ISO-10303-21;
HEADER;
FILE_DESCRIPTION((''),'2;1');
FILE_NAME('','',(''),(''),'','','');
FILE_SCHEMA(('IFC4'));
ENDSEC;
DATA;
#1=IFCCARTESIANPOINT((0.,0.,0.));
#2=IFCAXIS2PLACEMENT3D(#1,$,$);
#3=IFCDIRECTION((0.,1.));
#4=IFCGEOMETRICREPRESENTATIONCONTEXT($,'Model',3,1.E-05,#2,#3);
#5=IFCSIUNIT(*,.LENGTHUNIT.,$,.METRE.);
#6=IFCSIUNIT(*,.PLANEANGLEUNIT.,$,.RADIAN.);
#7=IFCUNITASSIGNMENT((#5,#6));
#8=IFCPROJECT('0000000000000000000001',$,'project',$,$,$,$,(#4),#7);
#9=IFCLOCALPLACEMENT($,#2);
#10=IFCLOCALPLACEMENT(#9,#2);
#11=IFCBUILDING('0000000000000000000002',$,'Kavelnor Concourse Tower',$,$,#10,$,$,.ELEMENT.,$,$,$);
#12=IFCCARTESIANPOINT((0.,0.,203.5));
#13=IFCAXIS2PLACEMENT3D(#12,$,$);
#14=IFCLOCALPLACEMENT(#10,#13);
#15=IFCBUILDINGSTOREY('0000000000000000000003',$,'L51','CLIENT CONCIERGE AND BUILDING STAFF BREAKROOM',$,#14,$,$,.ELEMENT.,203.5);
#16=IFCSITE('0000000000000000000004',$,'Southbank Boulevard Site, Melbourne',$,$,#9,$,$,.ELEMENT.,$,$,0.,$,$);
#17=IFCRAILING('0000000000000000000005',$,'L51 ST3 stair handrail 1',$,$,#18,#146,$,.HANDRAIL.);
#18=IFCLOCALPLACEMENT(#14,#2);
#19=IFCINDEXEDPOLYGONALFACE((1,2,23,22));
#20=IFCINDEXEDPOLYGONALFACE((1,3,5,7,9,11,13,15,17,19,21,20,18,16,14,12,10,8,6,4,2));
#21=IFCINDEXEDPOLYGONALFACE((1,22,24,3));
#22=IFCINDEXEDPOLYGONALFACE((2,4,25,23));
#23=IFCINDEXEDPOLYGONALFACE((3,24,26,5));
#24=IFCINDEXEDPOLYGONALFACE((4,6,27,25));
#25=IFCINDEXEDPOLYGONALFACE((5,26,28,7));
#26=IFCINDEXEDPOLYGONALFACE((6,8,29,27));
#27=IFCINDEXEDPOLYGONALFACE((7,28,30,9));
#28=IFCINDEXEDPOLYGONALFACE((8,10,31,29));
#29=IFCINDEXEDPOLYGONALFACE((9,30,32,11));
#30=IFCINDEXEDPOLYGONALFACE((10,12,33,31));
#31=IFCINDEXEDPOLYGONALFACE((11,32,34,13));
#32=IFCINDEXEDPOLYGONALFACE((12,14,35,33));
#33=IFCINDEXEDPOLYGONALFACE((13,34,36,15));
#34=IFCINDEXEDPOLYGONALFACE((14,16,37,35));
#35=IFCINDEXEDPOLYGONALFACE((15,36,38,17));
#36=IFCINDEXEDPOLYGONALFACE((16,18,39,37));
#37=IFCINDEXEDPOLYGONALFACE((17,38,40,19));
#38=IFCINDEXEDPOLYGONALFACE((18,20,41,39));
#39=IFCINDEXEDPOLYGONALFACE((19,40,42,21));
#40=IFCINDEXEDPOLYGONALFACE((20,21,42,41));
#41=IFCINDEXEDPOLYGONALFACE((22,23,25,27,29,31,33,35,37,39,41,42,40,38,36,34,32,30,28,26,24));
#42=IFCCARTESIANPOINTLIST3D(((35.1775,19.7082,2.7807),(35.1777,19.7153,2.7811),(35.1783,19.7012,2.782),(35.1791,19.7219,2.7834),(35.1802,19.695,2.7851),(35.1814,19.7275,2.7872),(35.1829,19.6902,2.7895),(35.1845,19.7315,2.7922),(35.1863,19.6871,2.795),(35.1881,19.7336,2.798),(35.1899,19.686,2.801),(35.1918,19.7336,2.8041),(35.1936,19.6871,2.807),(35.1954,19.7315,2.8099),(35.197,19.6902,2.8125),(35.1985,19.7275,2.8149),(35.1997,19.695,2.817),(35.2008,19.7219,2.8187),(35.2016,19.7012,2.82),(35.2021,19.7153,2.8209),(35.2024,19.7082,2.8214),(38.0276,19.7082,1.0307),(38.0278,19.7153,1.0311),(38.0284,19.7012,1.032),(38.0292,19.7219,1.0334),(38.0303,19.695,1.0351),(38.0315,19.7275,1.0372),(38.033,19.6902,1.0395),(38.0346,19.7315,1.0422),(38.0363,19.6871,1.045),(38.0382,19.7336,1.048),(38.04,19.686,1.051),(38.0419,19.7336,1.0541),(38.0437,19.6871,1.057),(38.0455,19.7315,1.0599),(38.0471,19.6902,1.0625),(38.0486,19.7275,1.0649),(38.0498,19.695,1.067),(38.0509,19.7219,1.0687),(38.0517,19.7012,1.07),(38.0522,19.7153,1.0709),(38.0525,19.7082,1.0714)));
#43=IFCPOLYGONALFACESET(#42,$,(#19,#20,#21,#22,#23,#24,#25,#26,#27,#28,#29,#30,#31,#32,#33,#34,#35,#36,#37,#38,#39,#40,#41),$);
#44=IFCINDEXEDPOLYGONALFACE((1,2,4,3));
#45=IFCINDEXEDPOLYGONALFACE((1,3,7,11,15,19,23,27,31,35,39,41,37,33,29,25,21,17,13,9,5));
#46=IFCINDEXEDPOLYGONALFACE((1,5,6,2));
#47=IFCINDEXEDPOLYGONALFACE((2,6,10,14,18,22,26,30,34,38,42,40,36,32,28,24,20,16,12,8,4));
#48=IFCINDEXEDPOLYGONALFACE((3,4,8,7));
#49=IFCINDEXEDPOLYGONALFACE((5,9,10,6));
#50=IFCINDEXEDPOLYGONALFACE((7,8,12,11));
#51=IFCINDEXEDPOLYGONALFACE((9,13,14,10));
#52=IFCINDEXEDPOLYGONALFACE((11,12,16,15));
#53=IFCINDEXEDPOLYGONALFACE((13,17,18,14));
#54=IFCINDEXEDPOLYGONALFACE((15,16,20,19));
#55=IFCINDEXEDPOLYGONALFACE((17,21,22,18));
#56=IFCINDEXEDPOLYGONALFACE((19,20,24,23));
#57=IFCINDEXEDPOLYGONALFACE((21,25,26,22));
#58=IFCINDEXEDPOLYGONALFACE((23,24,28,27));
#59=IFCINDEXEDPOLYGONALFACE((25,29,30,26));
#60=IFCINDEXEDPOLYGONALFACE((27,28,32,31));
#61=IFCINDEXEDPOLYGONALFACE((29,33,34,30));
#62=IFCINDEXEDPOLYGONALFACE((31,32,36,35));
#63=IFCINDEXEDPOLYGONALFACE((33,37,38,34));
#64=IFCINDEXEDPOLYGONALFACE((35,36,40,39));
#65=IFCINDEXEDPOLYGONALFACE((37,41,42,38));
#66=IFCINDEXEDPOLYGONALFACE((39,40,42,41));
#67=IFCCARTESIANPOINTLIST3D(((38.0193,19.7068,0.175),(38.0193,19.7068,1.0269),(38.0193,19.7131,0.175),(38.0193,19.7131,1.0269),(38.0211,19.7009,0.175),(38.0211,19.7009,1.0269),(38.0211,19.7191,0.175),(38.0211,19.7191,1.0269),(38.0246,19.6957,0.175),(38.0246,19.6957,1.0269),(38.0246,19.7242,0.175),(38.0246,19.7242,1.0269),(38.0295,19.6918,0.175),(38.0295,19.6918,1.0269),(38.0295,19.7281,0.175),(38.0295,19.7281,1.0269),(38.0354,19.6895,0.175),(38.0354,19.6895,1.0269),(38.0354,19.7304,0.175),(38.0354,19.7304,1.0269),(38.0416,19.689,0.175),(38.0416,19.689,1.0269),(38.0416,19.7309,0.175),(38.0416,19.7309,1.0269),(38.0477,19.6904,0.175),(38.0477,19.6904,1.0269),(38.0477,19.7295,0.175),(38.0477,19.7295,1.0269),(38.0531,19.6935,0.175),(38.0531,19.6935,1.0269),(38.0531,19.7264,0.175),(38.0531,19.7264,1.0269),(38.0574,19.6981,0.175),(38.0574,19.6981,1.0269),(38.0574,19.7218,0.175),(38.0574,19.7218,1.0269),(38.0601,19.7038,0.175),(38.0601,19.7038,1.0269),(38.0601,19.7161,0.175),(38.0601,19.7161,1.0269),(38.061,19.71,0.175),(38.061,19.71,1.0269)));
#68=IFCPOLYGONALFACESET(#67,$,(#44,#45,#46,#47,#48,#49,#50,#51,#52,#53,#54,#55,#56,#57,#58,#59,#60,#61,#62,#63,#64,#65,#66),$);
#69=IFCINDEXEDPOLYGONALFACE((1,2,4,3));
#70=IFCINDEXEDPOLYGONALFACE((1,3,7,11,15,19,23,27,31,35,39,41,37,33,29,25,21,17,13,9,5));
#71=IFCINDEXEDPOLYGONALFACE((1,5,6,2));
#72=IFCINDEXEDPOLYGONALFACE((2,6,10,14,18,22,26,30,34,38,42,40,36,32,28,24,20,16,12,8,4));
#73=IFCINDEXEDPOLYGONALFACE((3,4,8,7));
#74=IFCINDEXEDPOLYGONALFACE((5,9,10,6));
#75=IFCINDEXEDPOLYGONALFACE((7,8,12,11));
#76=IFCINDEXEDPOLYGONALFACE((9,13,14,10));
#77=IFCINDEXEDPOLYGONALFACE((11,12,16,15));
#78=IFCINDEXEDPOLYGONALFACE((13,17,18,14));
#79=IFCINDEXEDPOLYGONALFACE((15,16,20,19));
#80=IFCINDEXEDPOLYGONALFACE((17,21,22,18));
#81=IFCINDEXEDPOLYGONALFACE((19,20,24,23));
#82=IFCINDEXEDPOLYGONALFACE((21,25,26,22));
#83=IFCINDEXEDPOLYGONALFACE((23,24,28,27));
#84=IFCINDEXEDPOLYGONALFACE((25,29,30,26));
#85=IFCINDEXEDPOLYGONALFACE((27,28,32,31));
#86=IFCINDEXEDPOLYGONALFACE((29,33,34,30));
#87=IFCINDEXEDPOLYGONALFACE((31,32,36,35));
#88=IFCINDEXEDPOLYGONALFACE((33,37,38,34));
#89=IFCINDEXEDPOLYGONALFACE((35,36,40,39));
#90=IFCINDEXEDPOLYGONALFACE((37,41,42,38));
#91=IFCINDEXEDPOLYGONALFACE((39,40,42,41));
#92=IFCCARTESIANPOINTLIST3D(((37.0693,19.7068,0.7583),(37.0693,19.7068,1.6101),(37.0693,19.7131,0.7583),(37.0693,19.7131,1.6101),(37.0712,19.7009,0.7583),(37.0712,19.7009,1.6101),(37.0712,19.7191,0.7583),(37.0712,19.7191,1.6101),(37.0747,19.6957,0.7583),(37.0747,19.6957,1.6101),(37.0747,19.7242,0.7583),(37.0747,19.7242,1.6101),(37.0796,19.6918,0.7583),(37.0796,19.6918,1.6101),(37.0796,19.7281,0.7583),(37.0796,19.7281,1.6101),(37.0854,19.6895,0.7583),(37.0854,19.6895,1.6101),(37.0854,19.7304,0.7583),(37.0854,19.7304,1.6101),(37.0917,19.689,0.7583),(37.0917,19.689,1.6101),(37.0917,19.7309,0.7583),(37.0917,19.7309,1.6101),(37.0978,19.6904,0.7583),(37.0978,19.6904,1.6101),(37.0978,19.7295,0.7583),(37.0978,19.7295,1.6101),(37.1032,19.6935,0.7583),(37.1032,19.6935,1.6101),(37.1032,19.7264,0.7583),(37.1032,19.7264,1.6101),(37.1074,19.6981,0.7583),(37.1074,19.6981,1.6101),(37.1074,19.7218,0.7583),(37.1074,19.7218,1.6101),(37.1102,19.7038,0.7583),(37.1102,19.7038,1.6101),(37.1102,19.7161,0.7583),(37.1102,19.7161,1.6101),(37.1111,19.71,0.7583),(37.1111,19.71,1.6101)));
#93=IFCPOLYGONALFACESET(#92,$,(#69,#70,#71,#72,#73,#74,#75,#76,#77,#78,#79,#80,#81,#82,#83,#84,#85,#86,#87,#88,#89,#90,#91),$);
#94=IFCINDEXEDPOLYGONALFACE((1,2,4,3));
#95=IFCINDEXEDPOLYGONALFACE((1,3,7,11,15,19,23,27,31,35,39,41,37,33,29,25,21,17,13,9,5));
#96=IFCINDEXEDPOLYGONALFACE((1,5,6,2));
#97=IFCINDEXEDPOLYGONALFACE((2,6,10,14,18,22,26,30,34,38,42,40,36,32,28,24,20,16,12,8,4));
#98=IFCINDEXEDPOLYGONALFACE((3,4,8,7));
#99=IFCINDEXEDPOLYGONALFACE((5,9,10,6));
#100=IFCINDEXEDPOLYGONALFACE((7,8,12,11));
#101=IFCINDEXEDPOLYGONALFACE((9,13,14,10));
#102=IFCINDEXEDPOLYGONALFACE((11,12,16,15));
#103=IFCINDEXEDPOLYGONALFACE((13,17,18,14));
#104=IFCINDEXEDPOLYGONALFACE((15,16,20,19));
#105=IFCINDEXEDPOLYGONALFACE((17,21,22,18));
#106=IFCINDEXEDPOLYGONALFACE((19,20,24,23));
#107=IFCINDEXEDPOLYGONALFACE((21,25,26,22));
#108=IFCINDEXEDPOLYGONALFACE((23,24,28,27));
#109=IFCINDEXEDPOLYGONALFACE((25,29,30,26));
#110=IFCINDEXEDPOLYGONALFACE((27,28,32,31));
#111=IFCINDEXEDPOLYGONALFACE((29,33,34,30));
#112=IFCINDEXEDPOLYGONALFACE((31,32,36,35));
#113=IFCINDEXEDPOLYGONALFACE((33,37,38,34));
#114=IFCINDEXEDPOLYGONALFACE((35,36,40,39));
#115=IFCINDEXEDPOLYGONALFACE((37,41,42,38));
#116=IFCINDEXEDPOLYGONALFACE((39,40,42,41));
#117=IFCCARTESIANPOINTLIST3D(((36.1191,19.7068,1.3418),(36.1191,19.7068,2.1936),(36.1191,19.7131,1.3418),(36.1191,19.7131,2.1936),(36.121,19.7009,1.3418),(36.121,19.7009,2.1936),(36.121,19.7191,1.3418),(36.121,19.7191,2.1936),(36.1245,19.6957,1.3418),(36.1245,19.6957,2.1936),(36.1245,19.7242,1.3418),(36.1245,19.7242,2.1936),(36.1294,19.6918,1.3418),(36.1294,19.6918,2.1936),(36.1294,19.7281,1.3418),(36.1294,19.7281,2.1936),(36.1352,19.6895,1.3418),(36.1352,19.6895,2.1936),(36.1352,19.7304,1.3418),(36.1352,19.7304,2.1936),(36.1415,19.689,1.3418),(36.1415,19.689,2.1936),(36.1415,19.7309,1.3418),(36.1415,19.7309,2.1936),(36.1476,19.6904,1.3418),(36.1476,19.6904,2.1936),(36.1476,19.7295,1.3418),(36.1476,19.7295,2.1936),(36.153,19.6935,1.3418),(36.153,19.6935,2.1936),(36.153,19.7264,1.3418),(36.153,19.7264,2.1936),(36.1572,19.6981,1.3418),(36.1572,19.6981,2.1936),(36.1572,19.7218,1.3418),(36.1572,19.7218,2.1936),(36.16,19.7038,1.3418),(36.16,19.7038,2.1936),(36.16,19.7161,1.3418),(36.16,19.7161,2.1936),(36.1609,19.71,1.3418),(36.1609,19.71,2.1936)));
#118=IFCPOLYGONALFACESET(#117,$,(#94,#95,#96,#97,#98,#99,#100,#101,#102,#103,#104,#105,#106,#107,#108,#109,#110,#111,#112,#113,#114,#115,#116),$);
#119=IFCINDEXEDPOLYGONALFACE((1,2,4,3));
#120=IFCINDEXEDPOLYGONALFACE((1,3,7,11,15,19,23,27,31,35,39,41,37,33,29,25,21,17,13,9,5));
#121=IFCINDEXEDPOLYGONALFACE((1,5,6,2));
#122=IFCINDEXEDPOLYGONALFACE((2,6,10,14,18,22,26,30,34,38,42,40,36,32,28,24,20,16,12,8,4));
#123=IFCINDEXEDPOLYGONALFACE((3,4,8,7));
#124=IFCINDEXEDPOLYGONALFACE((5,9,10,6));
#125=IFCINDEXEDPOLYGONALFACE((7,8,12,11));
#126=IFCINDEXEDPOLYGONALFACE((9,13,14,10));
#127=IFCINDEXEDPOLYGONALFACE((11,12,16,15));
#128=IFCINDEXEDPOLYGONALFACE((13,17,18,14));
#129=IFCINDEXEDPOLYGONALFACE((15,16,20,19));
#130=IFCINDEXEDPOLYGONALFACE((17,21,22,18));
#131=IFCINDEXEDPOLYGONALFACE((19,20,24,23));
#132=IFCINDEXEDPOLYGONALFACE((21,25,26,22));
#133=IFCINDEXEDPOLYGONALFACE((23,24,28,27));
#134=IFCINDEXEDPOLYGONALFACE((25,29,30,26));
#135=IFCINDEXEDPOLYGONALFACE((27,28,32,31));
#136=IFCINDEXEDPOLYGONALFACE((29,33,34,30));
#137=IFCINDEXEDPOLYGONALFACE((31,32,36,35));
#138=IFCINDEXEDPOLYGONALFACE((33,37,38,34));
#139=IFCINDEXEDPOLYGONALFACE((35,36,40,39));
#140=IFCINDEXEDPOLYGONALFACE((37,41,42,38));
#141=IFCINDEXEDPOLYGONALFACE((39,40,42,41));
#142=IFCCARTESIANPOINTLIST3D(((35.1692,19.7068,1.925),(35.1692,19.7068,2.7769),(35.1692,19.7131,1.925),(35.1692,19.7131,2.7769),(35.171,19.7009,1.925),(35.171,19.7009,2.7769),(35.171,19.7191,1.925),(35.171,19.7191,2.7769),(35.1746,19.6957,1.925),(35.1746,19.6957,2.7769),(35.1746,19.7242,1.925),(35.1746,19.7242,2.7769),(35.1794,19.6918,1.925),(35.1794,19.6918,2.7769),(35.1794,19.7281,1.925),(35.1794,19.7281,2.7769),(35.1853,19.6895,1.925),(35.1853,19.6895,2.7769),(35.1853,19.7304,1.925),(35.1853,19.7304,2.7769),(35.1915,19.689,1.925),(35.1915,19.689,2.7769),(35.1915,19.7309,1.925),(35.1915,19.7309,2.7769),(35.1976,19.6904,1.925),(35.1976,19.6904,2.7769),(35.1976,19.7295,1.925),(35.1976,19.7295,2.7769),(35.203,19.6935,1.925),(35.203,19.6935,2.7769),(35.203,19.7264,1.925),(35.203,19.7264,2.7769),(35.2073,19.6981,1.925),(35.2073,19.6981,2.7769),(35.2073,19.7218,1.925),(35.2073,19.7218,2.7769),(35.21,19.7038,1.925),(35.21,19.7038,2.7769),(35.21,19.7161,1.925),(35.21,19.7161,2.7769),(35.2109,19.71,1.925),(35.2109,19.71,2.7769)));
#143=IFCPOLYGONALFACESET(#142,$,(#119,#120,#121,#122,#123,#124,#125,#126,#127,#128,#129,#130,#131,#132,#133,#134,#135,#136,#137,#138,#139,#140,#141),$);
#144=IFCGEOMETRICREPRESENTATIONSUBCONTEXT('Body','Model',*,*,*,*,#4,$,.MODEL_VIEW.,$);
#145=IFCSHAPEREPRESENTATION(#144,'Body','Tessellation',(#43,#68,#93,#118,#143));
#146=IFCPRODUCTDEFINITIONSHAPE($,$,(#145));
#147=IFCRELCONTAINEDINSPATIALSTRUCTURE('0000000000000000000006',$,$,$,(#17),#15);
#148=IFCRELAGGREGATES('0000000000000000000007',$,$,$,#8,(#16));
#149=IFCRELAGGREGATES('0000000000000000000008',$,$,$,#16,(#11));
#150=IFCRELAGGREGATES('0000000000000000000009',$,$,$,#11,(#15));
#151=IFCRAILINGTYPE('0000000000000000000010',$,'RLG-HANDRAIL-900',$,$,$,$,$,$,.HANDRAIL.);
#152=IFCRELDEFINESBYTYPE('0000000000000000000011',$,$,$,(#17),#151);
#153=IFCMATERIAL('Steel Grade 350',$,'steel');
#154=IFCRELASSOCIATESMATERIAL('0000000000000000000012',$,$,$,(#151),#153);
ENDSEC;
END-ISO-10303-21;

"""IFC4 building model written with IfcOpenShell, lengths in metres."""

from ifc_helpers import new_model, si_unit, direction, frame, origin, origin_2d, place, context, subcontext, project, spatial, circle, extrude, material, type_object, element, save


model = new_model("IFC4")

# Units and contexts
model_context = context("Model", 3, precision=1e-05, world=origin(), true_north=direction((0.0, 1.0)))
body_context = subcontext(model_context, "Body", "Model", "MODEL_VIEW")
ifc_project = project(units=[si_unit("LENGTHUNIT", "METRE"), si_unit("PLANEANGLEUNIT", "RADIAN")], contexts=[model_context])

# Site, building, storey
site_placement = place(None, origin())
site = spatial("IfcSite", under=ifc_project, at=site_placement, Name="Southbank Boulevard Site, Melbourne", CompositionType="ELEMENT", RefElevation=0.0)
building_placement = place(site_placement, origin())
building = spatial("IfcBuilding", under=site, at=building_placement, Name="Kavelnor Concourse Tower", CompositionType="ELEMENT")
storey_placement = place(building_placement, frame((0.0, 0.0, 203.5)))
storey = spatial("IfcBuildingStorey", under=building, at=storey_placement, Name="L51", Description="CLIENT CONCIERGE AND BUILDING STAFF BREAKROOM", CompositionType="ELEMENT", Elevation=203.5)

# Shared definitions
ifc_material_1 = material(Name="Steel Grade 350", Category="steel")

# Railing
railing_type_1 = type_object("IfcRailingType", Name="RLG-HANDRAIL-900", PredefinedType="HANDRAIL", material=ifc_material_1)
railing_1_placement = place(storey_placement, frame((38.04, 19.71, 0.175)))
element("IfcRailing", 1, at=railing_1_placement, inside=storey, type_object=railing_type_1, Name="L51 ST3 stair handrail 1", PredefinedType="HANDRAIL", context=body_context, shape_type="SweptSolid", body=[
    extrude(circle(Radius=0.0239, at=origin_2d()), frame((0.0, 0.0, 0.876), z_axis=(-0.852179, 0.0, 0.52325), x_axis=(0.0, -1.0, 0.0)), (0.0, 0.0, 1.0), 3.3445),
    extrude(circle(Radius=0.021, at=origin_2d()), origin(), (0.0, 0.0, 1.0), 0.8518),
    extrude(circle(Radius=0.021, at=origin_2d()), frame((-0.95, 0.0, 0.5833)), (0.0, 0.0, 1.0), 0.8518),
    extrude(circle(Radius=0.021, at=origin_2d()), frame((-1.9001, 0.0, 1.1667)), (0.0, 0.0, 1.0), 0.8518),
    extrude(circle(Radius=0.021, at=origin_2d()), frame((-2.8501, 0.0, 1.75)), (0.0, 0.0, 1.0), 0.8518),
])

save(model, "model.ifc")
